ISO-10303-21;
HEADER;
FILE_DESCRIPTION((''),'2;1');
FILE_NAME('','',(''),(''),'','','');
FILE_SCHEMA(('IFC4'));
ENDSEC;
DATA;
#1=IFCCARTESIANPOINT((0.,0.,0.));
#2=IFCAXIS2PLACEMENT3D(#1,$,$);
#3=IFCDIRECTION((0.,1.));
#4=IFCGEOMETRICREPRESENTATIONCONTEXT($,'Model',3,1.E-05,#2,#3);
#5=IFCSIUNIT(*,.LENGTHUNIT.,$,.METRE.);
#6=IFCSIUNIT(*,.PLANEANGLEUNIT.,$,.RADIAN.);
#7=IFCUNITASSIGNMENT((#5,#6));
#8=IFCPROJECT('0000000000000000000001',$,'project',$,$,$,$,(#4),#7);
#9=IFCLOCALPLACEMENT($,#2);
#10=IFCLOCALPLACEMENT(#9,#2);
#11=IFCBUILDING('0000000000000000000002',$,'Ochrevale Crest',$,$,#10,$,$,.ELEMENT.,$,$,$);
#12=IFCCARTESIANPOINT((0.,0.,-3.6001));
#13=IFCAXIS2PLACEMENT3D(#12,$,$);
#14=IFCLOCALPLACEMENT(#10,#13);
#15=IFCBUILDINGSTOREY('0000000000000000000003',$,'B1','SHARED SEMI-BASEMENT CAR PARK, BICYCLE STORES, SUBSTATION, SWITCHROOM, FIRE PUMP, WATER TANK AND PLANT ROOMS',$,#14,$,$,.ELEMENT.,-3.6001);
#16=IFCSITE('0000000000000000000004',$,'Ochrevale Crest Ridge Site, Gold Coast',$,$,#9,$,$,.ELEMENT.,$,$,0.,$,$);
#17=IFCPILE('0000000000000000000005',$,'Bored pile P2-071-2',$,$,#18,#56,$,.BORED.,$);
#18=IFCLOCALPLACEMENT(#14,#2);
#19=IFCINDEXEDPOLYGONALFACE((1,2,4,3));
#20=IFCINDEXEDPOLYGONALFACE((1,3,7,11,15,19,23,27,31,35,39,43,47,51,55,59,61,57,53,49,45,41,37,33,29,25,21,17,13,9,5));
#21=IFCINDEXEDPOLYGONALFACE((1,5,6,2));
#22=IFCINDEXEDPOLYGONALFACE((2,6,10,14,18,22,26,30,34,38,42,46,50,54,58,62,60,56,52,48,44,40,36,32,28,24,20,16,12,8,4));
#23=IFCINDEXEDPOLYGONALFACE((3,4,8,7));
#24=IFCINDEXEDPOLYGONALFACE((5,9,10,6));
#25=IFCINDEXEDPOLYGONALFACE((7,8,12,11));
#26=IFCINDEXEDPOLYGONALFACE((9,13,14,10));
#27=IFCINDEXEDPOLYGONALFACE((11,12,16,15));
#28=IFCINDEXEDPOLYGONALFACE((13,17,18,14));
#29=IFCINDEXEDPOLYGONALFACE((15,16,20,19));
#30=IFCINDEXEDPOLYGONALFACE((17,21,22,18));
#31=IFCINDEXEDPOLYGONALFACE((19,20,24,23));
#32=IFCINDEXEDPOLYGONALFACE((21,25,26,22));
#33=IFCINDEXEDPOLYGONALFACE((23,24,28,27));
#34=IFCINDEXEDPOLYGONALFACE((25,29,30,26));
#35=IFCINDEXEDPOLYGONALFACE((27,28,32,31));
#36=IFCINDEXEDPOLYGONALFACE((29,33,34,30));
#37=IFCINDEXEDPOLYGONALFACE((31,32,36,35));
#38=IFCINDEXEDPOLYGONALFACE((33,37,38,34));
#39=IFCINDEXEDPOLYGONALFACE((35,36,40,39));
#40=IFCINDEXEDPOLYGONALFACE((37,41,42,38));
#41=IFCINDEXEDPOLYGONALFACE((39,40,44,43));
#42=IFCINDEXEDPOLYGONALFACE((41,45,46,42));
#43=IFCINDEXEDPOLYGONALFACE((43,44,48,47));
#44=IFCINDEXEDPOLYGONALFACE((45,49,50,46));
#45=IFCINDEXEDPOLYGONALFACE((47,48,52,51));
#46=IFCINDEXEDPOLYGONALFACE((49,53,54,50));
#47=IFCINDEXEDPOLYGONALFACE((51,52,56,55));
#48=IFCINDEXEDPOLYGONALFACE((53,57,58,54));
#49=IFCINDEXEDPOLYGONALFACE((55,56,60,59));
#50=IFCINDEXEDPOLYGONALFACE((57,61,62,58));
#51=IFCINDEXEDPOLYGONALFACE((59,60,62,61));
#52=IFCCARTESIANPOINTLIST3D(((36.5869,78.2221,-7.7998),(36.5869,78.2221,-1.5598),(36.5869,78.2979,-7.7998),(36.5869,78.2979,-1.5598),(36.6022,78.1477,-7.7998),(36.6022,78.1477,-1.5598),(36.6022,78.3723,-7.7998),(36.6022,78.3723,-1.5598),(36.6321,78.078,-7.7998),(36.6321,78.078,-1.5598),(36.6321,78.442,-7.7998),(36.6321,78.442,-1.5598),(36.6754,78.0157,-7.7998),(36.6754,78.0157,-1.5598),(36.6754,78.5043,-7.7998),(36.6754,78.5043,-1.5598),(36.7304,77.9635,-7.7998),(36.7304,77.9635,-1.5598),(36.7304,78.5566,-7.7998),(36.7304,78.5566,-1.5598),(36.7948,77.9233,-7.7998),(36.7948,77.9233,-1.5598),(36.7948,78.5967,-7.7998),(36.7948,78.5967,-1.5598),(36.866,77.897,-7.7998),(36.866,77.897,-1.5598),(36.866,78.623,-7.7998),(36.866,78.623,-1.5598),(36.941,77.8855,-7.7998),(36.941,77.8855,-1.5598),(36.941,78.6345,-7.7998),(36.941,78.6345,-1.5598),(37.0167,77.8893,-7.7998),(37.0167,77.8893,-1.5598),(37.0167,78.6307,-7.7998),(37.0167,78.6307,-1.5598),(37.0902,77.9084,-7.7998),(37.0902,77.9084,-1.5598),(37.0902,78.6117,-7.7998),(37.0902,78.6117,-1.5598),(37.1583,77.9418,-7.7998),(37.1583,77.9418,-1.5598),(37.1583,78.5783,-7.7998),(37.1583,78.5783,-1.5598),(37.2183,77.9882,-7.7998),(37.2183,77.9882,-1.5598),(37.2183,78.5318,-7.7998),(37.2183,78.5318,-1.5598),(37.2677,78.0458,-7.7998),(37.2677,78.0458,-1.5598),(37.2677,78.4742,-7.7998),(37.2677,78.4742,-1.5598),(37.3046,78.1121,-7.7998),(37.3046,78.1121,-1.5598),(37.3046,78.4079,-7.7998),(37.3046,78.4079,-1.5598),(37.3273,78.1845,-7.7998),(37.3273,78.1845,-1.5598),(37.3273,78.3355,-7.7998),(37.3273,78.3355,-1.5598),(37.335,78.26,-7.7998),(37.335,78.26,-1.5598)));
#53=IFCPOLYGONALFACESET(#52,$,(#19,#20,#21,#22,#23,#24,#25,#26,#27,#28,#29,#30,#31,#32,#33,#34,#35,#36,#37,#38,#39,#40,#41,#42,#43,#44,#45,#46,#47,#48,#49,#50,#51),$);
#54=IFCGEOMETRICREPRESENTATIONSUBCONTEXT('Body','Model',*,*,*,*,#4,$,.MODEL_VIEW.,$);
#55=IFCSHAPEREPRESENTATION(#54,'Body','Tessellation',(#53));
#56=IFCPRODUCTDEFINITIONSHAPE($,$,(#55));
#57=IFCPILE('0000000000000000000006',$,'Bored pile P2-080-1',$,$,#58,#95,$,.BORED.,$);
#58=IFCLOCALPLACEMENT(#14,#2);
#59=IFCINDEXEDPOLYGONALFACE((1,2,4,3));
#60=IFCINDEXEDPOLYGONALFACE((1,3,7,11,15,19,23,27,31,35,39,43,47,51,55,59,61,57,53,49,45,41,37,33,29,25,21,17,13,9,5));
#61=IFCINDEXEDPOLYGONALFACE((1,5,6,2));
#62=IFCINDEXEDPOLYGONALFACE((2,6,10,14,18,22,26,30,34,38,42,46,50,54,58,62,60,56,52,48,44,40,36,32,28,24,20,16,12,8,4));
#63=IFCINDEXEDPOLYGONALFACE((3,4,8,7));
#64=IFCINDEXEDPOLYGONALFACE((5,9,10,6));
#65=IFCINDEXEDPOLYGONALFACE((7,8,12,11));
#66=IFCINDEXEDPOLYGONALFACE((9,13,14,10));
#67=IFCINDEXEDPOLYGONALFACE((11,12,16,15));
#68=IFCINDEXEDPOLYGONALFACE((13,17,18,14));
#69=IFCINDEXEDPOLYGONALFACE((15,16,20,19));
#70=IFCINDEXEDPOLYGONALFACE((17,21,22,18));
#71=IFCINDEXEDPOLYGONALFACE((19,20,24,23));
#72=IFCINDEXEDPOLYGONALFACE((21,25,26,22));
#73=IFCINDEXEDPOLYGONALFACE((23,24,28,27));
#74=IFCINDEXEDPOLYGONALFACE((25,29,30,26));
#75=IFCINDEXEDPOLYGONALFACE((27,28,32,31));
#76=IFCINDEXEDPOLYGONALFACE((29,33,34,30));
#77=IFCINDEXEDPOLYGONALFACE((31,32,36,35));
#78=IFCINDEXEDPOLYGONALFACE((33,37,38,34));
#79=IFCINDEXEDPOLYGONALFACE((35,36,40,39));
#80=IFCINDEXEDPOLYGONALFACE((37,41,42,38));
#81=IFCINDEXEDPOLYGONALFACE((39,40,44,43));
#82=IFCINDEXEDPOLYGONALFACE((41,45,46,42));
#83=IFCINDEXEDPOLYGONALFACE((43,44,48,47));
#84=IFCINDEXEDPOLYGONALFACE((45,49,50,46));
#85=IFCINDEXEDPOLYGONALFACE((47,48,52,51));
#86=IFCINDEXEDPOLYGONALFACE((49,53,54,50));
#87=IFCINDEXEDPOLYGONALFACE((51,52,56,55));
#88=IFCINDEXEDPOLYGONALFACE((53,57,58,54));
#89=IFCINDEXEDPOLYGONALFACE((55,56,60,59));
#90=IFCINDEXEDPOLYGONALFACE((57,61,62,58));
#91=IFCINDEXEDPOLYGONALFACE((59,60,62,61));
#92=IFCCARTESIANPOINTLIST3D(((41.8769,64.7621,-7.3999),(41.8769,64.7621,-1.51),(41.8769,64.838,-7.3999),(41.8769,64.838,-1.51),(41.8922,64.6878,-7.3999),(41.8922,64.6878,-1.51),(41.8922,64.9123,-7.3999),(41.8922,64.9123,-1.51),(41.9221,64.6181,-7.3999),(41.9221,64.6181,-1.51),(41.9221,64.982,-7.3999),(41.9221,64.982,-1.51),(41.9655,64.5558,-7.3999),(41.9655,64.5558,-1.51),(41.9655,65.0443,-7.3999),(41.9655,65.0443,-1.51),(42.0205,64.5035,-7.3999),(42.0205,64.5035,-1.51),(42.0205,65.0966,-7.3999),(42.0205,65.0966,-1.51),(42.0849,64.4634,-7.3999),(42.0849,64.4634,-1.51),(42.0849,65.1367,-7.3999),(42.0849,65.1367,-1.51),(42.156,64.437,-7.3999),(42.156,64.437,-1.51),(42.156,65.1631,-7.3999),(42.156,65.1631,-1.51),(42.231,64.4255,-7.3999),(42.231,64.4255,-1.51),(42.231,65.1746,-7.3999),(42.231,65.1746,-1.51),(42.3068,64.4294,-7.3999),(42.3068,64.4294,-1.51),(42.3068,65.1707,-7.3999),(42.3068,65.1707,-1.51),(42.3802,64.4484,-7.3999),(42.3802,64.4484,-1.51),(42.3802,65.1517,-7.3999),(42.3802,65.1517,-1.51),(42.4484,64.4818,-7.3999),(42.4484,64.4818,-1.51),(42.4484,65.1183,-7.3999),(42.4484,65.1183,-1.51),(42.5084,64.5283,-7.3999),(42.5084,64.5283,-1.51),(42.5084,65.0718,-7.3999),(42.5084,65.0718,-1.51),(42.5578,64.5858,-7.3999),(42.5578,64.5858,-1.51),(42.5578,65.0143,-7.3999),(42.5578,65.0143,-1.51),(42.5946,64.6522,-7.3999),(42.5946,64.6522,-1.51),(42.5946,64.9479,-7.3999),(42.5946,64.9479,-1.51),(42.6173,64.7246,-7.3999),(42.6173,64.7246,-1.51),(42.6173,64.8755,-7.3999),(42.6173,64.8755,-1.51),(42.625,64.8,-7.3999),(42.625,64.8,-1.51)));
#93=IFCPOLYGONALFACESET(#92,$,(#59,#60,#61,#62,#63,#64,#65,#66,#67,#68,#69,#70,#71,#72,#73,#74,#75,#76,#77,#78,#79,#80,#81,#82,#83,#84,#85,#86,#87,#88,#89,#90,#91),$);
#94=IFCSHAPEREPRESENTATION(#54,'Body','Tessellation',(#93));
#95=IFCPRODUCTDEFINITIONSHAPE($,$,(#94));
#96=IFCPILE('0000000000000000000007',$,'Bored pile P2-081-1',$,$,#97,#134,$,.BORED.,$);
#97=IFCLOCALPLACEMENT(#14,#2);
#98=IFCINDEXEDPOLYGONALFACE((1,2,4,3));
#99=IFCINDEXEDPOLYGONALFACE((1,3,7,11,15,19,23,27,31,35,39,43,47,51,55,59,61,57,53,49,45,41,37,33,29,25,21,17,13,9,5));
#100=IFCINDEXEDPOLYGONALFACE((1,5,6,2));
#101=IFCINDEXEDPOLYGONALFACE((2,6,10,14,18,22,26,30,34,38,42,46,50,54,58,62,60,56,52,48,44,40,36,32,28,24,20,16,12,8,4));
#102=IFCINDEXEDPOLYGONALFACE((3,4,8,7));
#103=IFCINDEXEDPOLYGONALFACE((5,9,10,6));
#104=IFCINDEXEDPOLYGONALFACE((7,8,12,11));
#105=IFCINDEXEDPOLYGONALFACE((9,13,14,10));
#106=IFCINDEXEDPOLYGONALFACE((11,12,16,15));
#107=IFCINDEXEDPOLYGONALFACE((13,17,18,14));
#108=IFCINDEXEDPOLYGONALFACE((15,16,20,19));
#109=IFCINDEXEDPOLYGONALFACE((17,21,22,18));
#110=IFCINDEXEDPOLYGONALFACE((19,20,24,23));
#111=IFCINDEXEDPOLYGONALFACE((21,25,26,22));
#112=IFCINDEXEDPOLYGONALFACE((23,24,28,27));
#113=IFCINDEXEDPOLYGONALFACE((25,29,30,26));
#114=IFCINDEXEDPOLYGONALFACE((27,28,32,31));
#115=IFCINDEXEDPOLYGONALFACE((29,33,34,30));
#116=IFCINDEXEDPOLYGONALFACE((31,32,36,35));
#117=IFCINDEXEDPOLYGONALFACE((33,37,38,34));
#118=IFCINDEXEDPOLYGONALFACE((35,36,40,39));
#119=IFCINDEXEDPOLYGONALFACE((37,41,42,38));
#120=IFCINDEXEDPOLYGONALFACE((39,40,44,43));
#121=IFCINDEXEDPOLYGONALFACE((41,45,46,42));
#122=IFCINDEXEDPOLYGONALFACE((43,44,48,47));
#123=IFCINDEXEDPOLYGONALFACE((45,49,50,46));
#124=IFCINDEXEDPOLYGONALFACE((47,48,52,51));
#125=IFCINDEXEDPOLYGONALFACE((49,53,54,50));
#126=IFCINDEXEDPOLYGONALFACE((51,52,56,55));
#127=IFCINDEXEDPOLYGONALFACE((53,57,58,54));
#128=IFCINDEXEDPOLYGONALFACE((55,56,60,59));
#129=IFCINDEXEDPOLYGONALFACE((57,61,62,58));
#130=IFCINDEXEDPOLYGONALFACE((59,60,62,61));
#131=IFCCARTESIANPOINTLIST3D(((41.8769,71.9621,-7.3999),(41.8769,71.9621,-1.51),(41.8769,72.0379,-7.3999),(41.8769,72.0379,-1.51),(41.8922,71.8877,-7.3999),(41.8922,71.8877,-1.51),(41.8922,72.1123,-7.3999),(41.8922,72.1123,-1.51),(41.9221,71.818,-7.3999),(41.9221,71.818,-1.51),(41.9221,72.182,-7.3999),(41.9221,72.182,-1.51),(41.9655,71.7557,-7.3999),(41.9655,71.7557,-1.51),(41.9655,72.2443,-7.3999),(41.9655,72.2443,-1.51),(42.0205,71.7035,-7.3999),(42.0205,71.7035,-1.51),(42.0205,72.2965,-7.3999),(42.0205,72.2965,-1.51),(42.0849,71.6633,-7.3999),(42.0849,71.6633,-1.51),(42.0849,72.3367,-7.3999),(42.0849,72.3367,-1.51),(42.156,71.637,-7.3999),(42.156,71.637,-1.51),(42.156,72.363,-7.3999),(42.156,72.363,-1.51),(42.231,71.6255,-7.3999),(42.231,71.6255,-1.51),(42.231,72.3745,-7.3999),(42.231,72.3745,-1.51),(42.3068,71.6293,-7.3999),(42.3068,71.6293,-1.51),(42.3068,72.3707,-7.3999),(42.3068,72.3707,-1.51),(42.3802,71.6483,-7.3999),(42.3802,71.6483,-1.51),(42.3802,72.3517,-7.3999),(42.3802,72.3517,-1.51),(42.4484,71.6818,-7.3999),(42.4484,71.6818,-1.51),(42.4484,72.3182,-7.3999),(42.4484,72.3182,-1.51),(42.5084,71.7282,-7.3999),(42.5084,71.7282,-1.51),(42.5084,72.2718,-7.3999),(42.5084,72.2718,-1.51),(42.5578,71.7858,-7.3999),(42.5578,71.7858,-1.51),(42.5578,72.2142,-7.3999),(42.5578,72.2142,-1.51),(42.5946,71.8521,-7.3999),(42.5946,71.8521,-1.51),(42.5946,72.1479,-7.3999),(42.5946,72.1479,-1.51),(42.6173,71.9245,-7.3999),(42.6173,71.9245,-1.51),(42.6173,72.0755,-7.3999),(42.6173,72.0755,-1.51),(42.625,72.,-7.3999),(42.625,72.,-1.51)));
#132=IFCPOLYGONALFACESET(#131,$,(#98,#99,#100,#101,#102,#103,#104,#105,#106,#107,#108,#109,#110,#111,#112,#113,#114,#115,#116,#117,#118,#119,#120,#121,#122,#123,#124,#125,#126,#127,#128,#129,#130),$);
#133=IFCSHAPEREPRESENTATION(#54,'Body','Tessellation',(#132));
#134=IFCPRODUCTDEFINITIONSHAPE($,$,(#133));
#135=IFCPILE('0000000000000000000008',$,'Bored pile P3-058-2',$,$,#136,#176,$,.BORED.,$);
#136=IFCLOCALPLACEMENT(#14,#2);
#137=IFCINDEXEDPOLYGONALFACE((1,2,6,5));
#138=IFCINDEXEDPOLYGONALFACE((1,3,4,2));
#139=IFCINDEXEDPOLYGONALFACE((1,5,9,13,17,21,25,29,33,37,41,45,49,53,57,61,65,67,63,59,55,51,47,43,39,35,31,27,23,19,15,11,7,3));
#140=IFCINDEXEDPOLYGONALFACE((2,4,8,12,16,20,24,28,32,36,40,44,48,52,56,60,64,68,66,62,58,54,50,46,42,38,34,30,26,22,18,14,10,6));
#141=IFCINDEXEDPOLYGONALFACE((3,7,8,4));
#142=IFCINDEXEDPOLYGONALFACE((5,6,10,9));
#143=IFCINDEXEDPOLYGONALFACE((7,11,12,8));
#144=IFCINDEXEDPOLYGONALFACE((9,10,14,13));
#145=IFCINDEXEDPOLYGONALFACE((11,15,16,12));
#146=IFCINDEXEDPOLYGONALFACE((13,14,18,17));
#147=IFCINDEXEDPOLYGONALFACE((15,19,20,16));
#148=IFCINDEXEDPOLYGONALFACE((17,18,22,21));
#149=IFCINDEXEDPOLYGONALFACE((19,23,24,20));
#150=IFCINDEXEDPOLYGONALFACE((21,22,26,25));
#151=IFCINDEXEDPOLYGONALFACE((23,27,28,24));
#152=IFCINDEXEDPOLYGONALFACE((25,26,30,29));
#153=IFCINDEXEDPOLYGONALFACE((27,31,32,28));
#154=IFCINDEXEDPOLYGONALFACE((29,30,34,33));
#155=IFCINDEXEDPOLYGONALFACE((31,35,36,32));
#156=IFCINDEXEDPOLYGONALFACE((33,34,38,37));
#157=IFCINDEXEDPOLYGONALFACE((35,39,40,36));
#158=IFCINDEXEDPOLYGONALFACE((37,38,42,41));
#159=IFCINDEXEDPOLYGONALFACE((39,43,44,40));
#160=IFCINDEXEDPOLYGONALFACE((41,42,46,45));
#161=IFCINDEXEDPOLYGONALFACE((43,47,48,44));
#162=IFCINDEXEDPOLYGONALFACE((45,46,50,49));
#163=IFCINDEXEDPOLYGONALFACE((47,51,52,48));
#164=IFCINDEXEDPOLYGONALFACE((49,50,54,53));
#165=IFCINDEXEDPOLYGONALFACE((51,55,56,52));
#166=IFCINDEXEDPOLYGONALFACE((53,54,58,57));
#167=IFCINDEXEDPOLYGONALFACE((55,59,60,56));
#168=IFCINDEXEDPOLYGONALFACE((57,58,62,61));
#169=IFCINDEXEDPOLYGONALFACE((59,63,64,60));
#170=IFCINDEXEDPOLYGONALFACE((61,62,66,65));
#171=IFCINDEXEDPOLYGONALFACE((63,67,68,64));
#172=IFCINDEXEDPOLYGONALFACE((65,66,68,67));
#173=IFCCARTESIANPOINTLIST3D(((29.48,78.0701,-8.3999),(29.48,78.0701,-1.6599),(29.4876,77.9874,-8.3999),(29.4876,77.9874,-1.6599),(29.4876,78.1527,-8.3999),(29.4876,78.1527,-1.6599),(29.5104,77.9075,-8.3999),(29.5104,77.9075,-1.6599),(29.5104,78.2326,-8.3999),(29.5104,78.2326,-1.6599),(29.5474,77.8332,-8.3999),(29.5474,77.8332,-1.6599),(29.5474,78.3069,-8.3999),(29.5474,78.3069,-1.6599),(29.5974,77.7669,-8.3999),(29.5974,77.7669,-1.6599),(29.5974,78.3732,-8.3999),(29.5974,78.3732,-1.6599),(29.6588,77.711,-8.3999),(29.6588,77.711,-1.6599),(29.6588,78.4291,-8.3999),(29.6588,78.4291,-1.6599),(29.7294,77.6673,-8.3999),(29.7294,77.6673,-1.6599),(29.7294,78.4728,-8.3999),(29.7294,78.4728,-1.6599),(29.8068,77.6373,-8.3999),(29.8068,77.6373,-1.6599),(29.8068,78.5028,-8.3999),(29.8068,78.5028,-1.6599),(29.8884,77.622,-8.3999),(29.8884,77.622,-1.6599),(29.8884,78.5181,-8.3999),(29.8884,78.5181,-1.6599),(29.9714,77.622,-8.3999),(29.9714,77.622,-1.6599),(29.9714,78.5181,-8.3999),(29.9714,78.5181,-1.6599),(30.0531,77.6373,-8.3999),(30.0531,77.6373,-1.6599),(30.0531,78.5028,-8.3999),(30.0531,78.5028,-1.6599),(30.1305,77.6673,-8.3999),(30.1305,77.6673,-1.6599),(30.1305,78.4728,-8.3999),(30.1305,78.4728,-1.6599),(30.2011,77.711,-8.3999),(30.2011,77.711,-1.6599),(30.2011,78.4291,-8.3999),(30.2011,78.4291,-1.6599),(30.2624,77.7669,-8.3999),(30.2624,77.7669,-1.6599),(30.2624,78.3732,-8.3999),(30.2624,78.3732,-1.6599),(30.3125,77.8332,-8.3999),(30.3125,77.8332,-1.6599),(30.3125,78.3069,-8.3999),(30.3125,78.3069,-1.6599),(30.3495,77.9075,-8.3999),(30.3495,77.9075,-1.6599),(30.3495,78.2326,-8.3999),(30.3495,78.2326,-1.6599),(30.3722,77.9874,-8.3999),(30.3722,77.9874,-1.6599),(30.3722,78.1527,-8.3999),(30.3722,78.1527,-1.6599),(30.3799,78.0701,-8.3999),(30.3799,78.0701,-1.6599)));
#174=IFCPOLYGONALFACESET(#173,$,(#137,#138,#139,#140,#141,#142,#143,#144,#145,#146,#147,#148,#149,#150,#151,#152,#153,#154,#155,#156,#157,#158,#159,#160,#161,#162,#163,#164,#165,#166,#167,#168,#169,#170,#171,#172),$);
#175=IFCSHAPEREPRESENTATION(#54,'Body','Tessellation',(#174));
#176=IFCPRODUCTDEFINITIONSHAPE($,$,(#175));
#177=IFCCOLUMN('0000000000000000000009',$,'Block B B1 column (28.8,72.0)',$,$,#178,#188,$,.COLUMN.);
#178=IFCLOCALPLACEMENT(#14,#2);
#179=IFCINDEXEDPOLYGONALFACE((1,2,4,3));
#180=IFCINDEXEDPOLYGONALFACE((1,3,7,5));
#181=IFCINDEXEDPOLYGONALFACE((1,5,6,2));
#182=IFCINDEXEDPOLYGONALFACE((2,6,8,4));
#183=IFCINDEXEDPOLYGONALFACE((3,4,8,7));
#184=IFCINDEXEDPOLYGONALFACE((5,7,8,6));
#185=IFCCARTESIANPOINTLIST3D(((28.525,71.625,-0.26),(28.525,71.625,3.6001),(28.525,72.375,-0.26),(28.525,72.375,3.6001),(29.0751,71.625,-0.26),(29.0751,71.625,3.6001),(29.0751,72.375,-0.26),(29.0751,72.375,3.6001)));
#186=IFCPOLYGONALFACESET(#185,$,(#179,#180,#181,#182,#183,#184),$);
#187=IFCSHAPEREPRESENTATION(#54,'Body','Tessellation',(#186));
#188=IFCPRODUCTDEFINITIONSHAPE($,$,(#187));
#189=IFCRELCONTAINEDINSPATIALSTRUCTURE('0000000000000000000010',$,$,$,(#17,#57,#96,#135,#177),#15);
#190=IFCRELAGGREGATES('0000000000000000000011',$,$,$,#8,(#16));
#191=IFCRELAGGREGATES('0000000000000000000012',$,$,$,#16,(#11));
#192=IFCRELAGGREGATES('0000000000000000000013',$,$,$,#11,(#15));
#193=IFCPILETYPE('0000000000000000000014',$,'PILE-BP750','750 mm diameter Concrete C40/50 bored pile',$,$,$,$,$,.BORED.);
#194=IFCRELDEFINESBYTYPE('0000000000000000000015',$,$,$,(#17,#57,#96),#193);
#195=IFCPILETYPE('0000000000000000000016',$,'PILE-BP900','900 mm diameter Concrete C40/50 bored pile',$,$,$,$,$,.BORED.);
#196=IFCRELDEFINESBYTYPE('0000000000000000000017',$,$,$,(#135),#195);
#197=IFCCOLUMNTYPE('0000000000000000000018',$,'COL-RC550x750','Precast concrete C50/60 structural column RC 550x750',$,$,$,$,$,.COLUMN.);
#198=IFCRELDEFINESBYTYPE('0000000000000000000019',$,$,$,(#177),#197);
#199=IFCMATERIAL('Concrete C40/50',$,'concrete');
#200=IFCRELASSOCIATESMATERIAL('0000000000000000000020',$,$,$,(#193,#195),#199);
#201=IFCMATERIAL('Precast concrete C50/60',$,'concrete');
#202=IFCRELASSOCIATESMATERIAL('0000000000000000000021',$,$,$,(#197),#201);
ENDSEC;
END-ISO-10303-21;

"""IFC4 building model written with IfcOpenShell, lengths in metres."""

from ifc_helpers import new_model, si_unit, direction, frame, origin, origin_2d, place, context, subcontext, project, spatial, rectangle, circle, extrude, material, material_profile, profile_set, type_object, element, save


model = new_model("IFC4")

# Units and contexts
model_context = context("Model", 3, precision=1e-05, world=origin(), true_north=direction((0.0, 1.0)))
body_context = subcontext(model_context, "Body", "Model", "MODEL_VIEW")
ifc_project = project(units=[si_unit("LENGTHUNIT", "METRE"), si_unit("PLANEANGLEUNIT", "RADIAN")], contexts=[model_context])

# Site, building, storey
site_placement = place(None, origin())
site = spatial("IfcSite", under=ifc_project, at=site_placement, Name="Ochrevale Crest Ridge Site, Gold Coast", CompositionType="ELEMENT", RefElevation=0.0)
building_placement = place(site_placement, origin())
building = spatial("IfcBuilding", under=site, at=building_placement, Name="Ochrevale Crest", CompositionType="ELEMENT")
storey_placement = place(building_placement, frame((0.0, 0.0, -3.6001)))
storey = spatial("IfcBuildingStorey", under=building, at=storey_placement, Name="B1", Description="SHARED SEMI-BASEMENT CAR PARK, BICYCLE STORES, SUBSTATION, SWITCHROOM, FIRE PUMP, WATER TANK AND PLANT ROOMS", CompositionType="ELEMENT", Elevation=-3.6001)

# Shared definitions
ifc_material_1 = material(Name="Concrete C40/50", Category="concrete")

# Piles
ifc_material_profile_1 = material_profile(ifc_material_1, circle(Radius=0.375, at=origin_2d()), Name="BORED PILE 750")
ifc_profile_set_1 = profile_set([ifc_material_profile_1], Name="Concrete C40/50")
pile_type_1 = type_object("IfcPileType", Name="PILE-BP750", Description="750 mm diameter Concrete C40/50 bored pile", PredefinedType="BORED", material=ifc_profile_set_1)
for number, where, z_axis, x_axis, name in (
    (1, (36.96, 78.26, -1.5598), (0.0, 0.0, -1.0), (1.0, 0.0, 0.0), "Bored pile P2-071-2"),
):
    element("IfcPile", number, at=place(storey_placement, frame(where, z_axis=z_axis, x_axis=x_axis)), inside=storey, type_object=pile_type_1, Name=name, PredefinedType="BORED", context=body_context, shape_type="SweptSolid", body=[
        extrude(circle(Radius=0.375, at=origin_2d()), origin(), (0.0, 0.0, 1.0), 6.24),
    ])
for number, where, z_axis, x_axis, name in (
    (2, (42.25, 64.8, -1.51), (0.0, 0.0, -1.0), (1.0, 0.0, 0.0), "Bored pile P2-080-1"),
    (3, (42.25, 72.0, -1.51), (0.0, 0.0, -1.0), (1.0, 0.0, 0.0), "Bored pile P2-081-1"),
):
    element("IfcPile", number, at=place(storey_placement, frame(where, z_axis=z_axis, x_axis=x_axis)), inside=storey, type_object=pile_type_1, Name=name, PredefinedType="BORED", context=body_context, shape_type="SweptSolid", body=[
        extrude(circle(Radius=0.375, at=origin_2d()), origin(), (0.0, 0.0, 1.0), 5.8899),
    ])
ifc_material_profile_2 = material_profile(ifc_material_1, circle(Radius=0.45, at=origin_2d()), Name="BORED PILE 900")
ifc_profile_set_2 = profile_set([ifc_material_profile_2], Name="Concrete C40/50")
pile_type_2 = type_object("IfcPileType", Name="PILE-BP900", Description="900 mm diameter Concrete C40/50 bored pile", PredefinedType="BORED", material=ifc_profile_set_2)
pile_1_placement = place(storey_placement, frame((29.9299, 78.0701, -1.6599), z_axis=(0.0, 0.0, -1.0), x_axis=(1.0, 0.0, 0.0)))
element("IfcPile", 4, at=pile_1_placement, inside=storey, type_object=pile_type_2, Name="Bored pile P3-058-2", PredefinedType="BORED", context=body_context, shape_type="SweptSolid", body=[
    extrude(circle(Radius=0.45, at=origin_2d()), origin(), (0.0, 0.0, 1.0), 6.74),
])

# Column
ifc_material_2 = material(Name="Precast concrete C50/60", Category="concrete")
ifc_material_profile_3 = material_profile(ifc_material_2, rectangle(XDim=0.55, YDim=0.75, at=origin_2d()), Name="RC 550x750")
ifc_profile_set_3 = profile_set([ifc_material_profile_3], Name="Precast concrete C50/60")
column_type_1 = type_object("IfcColumnType", Name="COL-RC550x750", Description="Precast concrete C50/60 structural column RC 550x750", PredefinedType="COLUMN", material=ifc_profile_set_3)
column_1_placement = place(storey_placement, frame((28.8, 72.0, -0.26), z_axis=(0.0, 0.0, 1.0), x_axis=(1.0, 0.0, 0.0)))
element("IfcColumn", 5, at=column_1_placement, inside=storey, type_object=column_type_1, Name="Block B B1 column (28.8,72.0)", PredefinedType="COLUMN", context=body_context, shape_type="SweptSolid", body=[
    extrude(rectangle(XDim=0.55, YDim=0.75, at=origin_2d()), origin(), (0.0, 0.0, 1.0), 3.8601),
])

save(model, "model.ifc")
